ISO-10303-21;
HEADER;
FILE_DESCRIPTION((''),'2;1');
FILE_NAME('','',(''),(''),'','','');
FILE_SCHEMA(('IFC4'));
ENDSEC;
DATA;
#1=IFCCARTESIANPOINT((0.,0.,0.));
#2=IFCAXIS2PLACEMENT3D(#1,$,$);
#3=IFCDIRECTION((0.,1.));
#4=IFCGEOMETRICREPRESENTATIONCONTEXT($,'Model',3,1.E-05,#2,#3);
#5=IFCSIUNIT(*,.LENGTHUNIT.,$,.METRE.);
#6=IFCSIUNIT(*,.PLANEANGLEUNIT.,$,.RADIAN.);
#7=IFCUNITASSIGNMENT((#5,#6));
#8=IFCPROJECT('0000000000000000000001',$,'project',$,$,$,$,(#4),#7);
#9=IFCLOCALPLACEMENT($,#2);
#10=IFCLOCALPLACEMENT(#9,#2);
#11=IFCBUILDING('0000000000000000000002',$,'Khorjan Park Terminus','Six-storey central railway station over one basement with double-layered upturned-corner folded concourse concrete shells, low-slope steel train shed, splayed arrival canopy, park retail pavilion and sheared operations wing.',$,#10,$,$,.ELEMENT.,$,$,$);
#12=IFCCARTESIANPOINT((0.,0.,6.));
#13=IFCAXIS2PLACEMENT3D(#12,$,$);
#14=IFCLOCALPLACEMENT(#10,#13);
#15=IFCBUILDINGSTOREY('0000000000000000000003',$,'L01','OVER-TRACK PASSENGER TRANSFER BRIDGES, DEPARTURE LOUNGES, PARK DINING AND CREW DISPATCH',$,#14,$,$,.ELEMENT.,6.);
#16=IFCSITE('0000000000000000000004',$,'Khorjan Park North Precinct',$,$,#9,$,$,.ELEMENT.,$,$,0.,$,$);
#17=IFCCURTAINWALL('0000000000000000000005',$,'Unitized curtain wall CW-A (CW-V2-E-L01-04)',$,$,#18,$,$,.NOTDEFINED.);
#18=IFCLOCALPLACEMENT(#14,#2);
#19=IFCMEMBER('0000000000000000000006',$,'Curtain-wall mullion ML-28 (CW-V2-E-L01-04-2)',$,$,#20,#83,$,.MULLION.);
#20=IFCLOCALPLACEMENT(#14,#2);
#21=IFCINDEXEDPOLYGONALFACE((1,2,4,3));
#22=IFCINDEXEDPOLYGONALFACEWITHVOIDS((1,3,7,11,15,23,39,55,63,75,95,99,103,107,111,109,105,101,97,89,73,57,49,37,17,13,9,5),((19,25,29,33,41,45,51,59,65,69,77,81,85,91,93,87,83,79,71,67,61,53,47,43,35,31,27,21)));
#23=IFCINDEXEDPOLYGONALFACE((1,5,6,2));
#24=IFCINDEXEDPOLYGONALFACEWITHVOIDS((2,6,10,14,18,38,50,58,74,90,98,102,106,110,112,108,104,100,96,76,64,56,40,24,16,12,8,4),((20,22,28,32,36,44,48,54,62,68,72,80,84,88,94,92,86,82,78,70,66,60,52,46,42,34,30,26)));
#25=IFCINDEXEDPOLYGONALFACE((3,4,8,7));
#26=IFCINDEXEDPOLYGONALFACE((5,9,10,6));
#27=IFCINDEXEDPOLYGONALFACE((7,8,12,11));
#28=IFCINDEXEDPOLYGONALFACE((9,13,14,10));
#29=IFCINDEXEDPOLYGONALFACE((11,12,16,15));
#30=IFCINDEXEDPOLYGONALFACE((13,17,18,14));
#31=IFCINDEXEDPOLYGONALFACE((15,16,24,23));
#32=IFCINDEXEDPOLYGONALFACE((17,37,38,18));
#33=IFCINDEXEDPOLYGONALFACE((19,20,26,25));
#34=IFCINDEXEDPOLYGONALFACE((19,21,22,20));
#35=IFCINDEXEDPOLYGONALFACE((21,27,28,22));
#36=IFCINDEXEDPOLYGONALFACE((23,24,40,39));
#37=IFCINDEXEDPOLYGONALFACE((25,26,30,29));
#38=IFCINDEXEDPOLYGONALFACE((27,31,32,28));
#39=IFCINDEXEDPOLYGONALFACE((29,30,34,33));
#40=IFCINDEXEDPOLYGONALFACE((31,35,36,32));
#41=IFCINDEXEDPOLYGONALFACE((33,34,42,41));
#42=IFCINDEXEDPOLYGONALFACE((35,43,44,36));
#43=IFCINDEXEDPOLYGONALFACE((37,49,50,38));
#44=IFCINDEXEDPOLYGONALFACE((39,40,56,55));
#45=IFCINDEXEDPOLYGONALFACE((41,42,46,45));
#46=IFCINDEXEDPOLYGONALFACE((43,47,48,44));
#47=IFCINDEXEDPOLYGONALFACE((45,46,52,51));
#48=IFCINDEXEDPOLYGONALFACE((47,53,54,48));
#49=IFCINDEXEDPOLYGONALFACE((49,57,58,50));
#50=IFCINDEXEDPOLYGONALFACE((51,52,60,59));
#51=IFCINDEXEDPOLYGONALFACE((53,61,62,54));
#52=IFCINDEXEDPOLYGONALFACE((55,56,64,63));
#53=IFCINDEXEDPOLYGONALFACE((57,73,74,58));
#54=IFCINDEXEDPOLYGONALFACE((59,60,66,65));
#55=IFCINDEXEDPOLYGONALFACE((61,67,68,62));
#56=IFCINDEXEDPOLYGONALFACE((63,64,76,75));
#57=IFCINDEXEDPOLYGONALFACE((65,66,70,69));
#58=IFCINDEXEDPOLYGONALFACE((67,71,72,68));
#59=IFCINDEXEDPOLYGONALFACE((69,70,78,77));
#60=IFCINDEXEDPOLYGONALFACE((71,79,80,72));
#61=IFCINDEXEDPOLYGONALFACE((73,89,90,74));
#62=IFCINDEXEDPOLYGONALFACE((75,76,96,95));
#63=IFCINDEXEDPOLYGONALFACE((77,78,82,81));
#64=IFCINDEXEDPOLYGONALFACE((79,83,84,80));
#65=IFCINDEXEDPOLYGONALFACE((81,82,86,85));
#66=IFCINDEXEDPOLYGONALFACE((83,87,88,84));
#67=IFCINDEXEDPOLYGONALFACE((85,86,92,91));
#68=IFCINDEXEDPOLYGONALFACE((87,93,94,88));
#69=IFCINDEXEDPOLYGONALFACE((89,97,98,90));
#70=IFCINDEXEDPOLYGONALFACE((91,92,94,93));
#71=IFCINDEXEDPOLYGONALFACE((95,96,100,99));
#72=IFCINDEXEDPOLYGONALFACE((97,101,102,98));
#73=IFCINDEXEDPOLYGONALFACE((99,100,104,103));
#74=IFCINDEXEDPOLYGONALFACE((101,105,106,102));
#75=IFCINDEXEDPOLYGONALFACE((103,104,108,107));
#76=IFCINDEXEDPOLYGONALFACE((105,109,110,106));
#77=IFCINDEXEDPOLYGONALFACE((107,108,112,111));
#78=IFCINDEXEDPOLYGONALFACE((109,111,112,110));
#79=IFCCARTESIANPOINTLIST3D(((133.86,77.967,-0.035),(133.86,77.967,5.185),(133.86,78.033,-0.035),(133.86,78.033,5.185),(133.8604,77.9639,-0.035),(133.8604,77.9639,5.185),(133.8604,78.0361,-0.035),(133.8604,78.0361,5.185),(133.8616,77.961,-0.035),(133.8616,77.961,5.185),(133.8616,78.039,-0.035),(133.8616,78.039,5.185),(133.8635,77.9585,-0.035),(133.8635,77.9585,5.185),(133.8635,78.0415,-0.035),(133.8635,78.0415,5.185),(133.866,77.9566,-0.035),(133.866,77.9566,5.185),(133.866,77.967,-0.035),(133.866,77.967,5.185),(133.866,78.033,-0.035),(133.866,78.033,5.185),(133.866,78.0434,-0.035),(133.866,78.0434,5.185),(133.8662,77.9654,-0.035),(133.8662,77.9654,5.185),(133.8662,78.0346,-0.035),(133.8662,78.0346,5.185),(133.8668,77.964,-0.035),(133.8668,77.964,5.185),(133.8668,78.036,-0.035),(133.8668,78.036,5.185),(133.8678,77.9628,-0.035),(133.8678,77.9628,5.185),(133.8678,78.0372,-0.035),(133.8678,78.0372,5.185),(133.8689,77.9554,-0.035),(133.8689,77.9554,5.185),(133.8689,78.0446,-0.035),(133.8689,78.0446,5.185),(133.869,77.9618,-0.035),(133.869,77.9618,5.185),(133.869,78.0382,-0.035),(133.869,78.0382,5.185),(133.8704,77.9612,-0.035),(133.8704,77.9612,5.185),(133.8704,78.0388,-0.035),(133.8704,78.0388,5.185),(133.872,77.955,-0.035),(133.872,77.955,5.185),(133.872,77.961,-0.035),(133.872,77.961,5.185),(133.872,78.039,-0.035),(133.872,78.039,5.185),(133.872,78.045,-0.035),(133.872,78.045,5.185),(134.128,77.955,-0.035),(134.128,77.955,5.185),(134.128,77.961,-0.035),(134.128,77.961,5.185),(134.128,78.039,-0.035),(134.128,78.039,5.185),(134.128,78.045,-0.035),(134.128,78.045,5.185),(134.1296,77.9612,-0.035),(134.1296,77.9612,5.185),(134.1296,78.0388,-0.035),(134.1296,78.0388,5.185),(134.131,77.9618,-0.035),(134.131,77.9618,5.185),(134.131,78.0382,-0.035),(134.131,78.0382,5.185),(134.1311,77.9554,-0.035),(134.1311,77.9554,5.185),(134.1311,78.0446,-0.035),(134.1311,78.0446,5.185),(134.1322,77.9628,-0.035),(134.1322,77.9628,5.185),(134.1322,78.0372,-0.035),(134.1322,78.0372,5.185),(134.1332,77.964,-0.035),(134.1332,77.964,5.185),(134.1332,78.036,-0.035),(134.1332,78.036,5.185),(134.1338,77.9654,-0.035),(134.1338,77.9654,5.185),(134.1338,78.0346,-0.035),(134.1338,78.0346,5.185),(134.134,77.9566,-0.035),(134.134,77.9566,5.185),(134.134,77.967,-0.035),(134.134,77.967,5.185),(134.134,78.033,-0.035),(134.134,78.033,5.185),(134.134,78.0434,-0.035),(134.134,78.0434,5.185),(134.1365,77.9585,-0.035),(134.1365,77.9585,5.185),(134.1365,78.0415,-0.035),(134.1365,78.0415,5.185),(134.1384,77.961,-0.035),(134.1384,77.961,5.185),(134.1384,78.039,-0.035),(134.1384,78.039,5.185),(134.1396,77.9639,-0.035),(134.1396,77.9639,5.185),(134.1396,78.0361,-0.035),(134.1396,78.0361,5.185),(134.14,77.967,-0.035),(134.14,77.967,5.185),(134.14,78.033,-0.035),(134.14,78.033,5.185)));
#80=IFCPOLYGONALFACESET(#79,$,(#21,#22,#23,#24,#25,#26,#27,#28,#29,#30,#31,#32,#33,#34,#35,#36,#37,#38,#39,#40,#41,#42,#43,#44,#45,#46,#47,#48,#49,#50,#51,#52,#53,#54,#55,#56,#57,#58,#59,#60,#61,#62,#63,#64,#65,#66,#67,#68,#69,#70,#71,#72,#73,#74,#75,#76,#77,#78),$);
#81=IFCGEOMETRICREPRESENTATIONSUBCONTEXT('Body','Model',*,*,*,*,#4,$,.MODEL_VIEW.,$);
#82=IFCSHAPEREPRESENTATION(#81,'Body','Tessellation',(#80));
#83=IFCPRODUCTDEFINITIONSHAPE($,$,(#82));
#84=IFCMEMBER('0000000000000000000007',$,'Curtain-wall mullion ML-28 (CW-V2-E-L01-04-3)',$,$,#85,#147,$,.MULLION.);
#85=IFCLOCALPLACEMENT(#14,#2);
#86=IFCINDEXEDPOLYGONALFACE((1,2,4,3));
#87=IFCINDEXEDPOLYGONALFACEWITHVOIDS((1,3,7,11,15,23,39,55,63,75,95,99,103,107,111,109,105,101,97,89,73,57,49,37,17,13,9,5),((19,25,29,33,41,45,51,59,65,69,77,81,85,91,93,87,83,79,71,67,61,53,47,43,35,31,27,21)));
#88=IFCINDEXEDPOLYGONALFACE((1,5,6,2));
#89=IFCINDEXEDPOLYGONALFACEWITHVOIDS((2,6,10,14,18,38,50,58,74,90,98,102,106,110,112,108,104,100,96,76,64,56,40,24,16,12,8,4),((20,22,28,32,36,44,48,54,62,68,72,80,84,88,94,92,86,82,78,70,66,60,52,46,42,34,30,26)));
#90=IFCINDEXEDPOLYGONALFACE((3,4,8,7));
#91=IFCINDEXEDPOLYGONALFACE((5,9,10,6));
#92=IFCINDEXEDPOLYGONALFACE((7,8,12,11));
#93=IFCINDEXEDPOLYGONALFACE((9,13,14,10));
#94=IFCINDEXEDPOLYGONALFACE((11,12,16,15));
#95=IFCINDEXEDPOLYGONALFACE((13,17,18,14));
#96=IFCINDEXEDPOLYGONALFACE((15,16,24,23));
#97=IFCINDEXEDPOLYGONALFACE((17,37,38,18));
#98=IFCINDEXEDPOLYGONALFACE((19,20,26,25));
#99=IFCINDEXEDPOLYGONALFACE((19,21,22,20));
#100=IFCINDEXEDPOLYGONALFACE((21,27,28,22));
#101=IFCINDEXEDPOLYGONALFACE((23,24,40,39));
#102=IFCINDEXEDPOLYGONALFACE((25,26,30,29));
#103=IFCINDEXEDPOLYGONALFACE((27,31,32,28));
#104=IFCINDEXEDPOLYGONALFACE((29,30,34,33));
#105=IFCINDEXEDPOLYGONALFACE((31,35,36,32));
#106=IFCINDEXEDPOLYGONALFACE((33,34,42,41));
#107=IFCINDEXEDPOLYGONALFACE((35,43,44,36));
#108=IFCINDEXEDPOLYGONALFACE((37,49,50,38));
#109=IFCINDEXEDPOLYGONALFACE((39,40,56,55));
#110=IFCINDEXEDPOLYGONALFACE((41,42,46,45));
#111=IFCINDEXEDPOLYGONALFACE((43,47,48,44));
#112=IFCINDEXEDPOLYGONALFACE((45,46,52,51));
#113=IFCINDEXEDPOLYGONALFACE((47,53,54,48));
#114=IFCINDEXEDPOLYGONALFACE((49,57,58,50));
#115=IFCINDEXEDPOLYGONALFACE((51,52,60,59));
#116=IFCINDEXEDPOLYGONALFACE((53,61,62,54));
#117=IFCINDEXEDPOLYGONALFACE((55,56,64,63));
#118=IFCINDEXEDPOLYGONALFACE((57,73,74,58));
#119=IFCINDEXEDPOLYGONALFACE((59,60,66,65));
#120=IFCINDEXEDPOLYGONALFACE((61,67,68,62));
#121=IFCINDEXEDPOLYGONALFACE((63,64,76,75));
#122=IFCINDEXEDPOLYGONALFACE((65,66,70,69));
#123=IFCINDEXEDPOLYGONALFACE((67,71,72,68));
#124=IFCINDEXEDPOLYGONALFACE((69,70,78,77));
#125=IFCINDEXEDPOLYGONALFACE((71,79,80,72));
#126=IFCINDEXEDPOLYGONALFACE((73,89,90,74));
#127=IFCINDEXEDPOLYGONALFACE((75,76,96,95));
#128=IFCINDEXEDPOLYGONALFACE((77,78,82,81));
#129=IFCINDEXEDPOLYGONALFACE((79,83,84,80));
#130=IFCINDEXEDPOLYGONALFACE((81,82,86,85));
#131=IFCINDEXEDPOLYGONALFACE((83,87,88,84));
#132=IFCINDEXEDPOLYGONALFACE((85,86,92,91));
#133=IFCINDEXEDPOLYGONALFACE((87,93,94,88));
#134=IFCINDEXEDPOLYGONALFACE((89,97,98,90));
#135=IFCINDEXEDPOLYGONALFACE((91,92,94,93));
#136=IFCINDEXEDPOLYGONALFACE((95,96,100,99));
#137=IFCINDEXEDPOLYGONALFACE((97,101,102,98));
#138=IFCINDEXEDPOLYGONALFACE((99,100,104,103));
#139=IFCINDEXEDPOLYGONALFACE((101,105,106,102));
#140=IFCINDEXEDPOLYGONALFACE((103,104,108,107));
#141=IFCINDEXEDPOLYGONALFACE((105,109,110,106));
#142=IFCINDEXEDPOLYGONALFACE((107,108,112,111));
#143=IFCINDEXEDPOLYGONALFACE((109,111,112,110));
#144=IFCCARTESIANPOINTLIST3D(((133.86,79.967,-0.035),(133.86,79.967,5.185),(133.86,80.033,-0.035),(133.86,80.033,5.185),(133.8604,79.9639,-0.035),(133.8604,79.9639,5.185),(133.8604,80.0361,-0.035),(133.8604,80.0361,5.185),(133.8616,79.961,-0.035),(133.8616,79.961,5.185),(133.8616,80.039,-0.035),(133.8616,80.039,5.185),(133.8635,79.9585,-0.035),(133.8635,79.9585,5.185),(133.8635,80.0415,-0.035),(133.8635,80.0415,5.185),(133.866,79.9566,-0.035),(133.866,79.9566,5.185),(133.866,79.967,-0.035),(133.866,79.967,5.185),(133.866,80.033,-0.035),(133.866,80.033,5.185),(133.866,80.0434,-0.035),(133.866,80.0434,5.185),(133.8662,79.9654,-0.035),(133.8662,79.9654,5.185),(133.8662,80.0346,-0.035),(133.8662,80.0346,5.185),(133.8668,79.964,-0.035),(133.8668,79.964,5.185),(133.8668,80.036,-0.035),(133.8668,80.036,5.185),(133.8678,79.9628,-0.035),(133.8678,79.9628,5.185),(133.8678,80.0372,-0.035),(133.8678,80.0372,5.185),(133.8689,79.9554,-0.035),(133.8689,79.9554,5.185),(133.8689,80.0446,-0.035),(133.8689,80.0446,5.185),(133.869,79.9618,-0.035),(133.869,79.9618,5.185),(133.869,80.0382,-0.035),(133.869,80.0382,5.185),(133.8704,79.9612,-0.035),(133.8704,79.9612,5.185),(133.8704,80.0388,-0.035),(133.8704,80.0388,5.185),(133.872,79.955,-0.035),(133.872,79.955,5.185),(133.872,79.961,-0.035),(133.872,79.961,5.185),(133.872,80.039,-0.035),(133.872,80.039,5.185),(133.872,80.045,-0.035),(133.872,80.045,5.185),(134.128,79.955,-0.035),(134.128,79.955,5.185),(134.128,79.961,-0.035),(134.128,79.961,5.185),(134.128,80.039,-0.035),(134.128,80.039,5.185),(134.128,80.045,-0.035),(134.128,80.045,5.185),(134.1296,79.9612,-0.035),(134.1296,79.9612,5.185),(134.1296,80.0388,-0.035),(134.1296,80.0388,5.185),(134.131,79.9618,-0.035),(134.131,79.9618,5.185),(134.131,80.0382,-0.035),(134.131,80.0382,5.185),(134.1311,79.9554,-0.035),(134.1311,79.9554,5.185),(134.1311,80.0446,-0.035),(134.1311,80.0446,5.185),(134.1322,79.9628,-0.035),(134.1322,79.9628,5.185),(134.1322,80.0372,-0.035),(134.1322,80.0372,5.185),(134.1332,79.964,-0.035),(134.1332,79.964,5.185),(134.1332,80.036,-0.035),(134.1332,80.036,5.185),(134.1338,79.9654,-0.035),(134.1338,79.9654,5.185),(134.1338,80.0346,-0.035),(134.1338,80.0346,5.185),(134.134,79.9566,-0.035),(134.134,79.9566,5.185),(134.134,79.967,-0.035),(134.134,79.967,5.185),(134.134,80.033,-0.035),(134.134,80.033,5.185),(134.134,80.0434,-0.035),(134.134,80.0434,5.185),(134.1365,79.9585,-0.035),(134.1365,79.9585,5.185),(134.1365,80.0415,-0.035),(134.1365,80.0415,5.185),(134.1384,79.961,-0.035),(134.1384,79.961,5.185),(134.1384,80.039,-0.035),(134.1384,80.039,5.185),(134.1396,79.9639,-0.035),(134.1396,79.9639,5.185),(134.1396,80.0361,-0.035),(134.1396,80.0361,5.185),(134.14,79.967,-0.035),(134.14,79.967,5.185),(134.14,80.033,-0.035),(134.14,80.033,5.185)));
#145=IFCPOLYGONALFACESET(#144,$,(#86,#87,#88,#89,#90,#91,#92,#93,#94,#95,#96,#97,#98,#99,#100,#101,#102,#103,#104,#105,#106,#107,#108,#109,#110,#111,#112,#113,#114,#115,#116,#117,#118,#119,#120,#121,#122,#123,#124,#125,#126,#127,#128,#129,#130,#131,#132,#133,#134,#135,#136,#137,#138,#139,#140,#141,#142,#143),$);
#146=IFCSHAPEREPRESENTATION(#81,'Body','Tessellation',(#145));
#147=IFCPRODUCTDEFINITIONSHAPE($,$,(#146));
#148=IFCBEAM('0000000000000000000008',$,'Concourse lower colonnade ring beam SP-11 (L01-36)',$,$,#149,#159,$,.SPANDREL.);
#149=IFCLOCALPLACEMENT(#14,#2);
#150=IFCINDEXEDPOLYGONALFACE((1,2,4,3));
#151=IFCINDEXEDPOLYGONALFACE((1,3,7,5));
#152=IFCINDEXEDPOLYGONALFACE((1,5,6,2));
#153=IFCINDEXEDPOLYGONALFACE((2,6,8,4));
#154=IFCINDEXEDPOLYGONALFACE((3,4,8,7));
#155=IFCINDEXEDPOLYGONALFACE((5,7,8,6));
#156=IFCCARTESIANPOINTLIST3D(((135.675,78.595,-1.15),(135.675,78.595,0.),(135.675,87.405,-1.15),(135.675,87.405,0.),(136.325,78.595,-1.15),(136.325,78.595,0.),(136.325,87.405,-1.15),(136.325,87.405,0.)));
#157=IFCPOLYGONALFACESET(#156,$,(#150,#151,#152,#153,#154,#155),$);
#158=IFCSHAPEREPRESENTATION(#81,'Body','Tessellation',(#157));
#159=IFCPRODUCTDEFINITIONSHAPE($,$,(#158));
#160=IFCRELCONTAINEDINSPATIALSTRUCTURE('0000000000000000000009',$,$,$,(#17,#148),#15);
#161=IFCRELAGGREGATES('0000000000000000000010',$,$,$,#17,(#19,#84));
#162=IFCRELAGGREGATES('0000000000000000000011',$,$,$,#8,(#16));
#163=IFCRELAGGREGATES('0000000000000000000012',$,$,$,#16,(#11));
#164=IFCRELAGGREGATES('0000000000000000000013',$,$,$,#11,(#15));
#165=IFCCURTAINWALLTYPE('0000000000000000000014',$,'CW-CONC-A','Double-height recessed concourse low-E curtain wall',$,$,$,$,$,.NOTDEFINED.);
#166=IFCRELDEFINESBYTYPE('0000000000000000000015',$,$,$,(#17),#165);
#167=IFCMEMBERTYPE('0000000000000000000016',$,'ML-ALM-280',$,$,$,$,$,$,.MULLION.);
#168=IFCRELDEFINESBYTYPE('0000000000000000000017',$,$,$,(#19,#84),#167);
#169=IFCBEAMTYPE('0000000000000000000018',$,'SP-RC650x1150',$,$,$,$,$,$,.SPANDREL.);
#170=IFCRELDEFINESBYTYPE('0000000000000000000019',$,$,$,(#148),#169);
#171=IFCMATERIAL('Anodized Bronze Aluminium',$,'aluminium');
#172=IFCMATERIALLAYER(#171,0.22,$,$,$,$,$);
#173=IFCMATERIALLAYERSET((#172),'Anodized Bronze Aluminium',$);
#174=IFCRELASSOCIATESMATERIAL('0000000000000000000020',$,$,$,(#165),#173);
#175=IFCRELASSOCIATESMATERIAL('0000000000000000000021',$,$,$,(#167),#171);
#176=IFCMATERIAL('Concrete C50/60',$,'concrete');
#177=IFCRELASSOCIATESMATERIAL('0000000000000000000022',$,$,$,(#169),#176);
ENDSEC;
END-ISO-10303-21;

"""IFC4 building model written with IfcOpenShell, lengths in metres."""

from ifc_helpers import new_model, si_unit, direction, frame, origin, origin_2d, place, context, subcontext, project, spatial, rectangle, hollow_rectangle, extrude, material, layer, layer_set, material_profile, profile_set, type_object, element, aggregate, save


model = new_model("IFC4")

# Units and contexts
model_context = context("Model", 3, precision=1e-05, world=origin(), true_north=direction((0.0, 1.0)))
body_context = subcontext(model_context, "Body", "Model", "MODEL_VIEW")
ifc_project = project(units=[si_unit("LENGTHUNIT", "METRE"), si_unit("PLANEANGLEUNIT", "RADIAN")], contexts=[model_context])

# Site, building, storey
site_placement = place(None, origin())
site = spatial("IfcSite", under=ifc_project, at=site_placement, Name="Khorjan Park North Precinct", CompositionType="ELEMENT", RefElevation=0.0)
building_placement = place(site_placement, origin())
building = spatial("IfcBuilding", under=site, at=building_placement, Name="Khorjan Park Terminus", Description="Six-storey central railway station over one basement with double-layered upturned-corner folded concourse concrete shells, low-slope steel train shed, splayed arrival canopy, park retail pavilion and sheared operations wing.", CompositionType="ELEMENT")
storey_placement = place(building_placement, frame((0.0, 0.0, 6.0)))
storey = spatial("IfcBuildingStorey", under=building, at=storey_placement, Name="L01", Description="OVER-TRACK PASSENGER TRANSFER BRIDGES, DEPARTURE LOUNGES, PARK DINING AND CREW DISPATCH", CompositionType="ELEMENT", Elevation=6.0)

# Shared definitions
ifc_material_1 = material(Name="Concrete C50/60", Category="concrete")

# Shared definitions
ifc_material_2 = material(Name="Anodized Bronze Aluminium", Category="aluminium")

# Curtain wall, members
ifc_layer_1 = layer(ifc_material_2, 0.22)
ifc_layer_set_1 = layer_set([ifc_layer_1], Name="Anodized Bronze Aluminium")
curtain_wall_type_1 = type_object("IfcCurtainWallType", Name="CW-CONC-A", Description="Double-height recessed concourse low-E curtain wall", PredefinedType="NOTDEFINED", material=ifc_layer_set_1)
curtain_wall_1_placement = place(storey_placement, origin())
curtain_wall_1 = element("IfcCurtainWall", 1, at=curtain_wall_1_placement, inside=storey, type_object=curtain_wall_type_1, Name="Unitized curtain wall CW-A (CW-V2-E-L01-04)", PredefinedType="NOTDEFINED")
ifc_material_profile_1 = material_profile(ifc_material_2, hollow_rectangle(XDim=0.09, YDim=0.28, WallThickness=0.006, InnerFilletRadius=0.006, OuterFilletRadius=0.012, at=origin_2d()), Name="ALM 90x280x6")
ifc_profile_set_1 = profile_set([ifc_material_profile_1], Name="Anodized Bronze Aluminium")
member_type_1 = type_object("IfcMemberType", Name="ML-ALM-280", PredefinedType="MULLION", material=ifc_profile_set_1)
member_1_placement = place(storey_placement, frame((134.0, 78.0, -0.035), z_axis=(0.0, 0.0, 1.0), x_axis=(0.0, 1.0, 0.0)))
member_1 = element("IfcMember", 2, at=member_1_placement, type_object=member_type_1, Name="Curtain-wall mullion ML-28 (CW-V2-E-L01-04-2)", PredefinedType="MULLION", context=body_context, shape_type="SweptSolid", body=[
    extrude(hollow_rectangle(XDim=0.09, YDim=0.28, WallThickness=0.006, InnerFilletRadius=0.006, OuterFilletRadius=0.012, at=origin_2d()), origin(), (0.0, 0.0, 1.0), 5.22),
])
member_2_placement = place(storey_placement, frame((134.0, 80.0, -0.035), z_axis=(0.0, 0.0, 1.0), x_axis=(0.0, 1.0, 0.0)))
member_2 = element("IfcMember", 3, at=member_2_placement, type_object=member_type_1, Name="Curtain-wall mullion ML-28 (CW-V2-E-L01-04-3)", PredefinedType="MULLION", context=body_context, shape_type="SweptSolid", body=[
    extrude(hollow_rectangle(XDim=0.09, YDim=0.28, WallThickness=0.006, InnerFilletRadius=0.006, OuterFilletRadius=0.012, at=origin_2d()), origin(), (0.0, 0.0, 1.0), 5.22),
])

# Beam
ifc_material_profile_2 = material_profile(ifc_material_1, rectangle(XDim=0.65, YDim=1.15, at=origin_2d()), Name="RC 650x1150")
ifc_profile_set_2 = profile_set([ifc_material_profile_2], Name="Concrete C50/60")
beam_type = type_object("IfcBeamType", Name="SP-RC650x1150", PredefinedType="SPANDREL", material=ifc_profile_set_2)
beam_placement = place(storey_placement, frame((136.0, 78.595, -0.575), z_axis=(0.0, 1.0, 0.0), x_axis=(-1.0, 0.0, 0.0)))
element("IfcBeam", 4, at=beam_placement, inside=storey, type_object=beam_type, Name="Concourse lower colonnade ring beam SP-11 (L01-36)", PredefinedType="SPANDREL", context=body_context, shape_type="SweptSolid", body=[
    extrude(rectangle(XDim=0.65, YDim=1.15, at=origin_2d()), origin(), (0.0, 0.0, 1.0), 8.81),
])

aggregate(curtain_wall_1, [member_1, member_2])

save(model, "model.ifc")
